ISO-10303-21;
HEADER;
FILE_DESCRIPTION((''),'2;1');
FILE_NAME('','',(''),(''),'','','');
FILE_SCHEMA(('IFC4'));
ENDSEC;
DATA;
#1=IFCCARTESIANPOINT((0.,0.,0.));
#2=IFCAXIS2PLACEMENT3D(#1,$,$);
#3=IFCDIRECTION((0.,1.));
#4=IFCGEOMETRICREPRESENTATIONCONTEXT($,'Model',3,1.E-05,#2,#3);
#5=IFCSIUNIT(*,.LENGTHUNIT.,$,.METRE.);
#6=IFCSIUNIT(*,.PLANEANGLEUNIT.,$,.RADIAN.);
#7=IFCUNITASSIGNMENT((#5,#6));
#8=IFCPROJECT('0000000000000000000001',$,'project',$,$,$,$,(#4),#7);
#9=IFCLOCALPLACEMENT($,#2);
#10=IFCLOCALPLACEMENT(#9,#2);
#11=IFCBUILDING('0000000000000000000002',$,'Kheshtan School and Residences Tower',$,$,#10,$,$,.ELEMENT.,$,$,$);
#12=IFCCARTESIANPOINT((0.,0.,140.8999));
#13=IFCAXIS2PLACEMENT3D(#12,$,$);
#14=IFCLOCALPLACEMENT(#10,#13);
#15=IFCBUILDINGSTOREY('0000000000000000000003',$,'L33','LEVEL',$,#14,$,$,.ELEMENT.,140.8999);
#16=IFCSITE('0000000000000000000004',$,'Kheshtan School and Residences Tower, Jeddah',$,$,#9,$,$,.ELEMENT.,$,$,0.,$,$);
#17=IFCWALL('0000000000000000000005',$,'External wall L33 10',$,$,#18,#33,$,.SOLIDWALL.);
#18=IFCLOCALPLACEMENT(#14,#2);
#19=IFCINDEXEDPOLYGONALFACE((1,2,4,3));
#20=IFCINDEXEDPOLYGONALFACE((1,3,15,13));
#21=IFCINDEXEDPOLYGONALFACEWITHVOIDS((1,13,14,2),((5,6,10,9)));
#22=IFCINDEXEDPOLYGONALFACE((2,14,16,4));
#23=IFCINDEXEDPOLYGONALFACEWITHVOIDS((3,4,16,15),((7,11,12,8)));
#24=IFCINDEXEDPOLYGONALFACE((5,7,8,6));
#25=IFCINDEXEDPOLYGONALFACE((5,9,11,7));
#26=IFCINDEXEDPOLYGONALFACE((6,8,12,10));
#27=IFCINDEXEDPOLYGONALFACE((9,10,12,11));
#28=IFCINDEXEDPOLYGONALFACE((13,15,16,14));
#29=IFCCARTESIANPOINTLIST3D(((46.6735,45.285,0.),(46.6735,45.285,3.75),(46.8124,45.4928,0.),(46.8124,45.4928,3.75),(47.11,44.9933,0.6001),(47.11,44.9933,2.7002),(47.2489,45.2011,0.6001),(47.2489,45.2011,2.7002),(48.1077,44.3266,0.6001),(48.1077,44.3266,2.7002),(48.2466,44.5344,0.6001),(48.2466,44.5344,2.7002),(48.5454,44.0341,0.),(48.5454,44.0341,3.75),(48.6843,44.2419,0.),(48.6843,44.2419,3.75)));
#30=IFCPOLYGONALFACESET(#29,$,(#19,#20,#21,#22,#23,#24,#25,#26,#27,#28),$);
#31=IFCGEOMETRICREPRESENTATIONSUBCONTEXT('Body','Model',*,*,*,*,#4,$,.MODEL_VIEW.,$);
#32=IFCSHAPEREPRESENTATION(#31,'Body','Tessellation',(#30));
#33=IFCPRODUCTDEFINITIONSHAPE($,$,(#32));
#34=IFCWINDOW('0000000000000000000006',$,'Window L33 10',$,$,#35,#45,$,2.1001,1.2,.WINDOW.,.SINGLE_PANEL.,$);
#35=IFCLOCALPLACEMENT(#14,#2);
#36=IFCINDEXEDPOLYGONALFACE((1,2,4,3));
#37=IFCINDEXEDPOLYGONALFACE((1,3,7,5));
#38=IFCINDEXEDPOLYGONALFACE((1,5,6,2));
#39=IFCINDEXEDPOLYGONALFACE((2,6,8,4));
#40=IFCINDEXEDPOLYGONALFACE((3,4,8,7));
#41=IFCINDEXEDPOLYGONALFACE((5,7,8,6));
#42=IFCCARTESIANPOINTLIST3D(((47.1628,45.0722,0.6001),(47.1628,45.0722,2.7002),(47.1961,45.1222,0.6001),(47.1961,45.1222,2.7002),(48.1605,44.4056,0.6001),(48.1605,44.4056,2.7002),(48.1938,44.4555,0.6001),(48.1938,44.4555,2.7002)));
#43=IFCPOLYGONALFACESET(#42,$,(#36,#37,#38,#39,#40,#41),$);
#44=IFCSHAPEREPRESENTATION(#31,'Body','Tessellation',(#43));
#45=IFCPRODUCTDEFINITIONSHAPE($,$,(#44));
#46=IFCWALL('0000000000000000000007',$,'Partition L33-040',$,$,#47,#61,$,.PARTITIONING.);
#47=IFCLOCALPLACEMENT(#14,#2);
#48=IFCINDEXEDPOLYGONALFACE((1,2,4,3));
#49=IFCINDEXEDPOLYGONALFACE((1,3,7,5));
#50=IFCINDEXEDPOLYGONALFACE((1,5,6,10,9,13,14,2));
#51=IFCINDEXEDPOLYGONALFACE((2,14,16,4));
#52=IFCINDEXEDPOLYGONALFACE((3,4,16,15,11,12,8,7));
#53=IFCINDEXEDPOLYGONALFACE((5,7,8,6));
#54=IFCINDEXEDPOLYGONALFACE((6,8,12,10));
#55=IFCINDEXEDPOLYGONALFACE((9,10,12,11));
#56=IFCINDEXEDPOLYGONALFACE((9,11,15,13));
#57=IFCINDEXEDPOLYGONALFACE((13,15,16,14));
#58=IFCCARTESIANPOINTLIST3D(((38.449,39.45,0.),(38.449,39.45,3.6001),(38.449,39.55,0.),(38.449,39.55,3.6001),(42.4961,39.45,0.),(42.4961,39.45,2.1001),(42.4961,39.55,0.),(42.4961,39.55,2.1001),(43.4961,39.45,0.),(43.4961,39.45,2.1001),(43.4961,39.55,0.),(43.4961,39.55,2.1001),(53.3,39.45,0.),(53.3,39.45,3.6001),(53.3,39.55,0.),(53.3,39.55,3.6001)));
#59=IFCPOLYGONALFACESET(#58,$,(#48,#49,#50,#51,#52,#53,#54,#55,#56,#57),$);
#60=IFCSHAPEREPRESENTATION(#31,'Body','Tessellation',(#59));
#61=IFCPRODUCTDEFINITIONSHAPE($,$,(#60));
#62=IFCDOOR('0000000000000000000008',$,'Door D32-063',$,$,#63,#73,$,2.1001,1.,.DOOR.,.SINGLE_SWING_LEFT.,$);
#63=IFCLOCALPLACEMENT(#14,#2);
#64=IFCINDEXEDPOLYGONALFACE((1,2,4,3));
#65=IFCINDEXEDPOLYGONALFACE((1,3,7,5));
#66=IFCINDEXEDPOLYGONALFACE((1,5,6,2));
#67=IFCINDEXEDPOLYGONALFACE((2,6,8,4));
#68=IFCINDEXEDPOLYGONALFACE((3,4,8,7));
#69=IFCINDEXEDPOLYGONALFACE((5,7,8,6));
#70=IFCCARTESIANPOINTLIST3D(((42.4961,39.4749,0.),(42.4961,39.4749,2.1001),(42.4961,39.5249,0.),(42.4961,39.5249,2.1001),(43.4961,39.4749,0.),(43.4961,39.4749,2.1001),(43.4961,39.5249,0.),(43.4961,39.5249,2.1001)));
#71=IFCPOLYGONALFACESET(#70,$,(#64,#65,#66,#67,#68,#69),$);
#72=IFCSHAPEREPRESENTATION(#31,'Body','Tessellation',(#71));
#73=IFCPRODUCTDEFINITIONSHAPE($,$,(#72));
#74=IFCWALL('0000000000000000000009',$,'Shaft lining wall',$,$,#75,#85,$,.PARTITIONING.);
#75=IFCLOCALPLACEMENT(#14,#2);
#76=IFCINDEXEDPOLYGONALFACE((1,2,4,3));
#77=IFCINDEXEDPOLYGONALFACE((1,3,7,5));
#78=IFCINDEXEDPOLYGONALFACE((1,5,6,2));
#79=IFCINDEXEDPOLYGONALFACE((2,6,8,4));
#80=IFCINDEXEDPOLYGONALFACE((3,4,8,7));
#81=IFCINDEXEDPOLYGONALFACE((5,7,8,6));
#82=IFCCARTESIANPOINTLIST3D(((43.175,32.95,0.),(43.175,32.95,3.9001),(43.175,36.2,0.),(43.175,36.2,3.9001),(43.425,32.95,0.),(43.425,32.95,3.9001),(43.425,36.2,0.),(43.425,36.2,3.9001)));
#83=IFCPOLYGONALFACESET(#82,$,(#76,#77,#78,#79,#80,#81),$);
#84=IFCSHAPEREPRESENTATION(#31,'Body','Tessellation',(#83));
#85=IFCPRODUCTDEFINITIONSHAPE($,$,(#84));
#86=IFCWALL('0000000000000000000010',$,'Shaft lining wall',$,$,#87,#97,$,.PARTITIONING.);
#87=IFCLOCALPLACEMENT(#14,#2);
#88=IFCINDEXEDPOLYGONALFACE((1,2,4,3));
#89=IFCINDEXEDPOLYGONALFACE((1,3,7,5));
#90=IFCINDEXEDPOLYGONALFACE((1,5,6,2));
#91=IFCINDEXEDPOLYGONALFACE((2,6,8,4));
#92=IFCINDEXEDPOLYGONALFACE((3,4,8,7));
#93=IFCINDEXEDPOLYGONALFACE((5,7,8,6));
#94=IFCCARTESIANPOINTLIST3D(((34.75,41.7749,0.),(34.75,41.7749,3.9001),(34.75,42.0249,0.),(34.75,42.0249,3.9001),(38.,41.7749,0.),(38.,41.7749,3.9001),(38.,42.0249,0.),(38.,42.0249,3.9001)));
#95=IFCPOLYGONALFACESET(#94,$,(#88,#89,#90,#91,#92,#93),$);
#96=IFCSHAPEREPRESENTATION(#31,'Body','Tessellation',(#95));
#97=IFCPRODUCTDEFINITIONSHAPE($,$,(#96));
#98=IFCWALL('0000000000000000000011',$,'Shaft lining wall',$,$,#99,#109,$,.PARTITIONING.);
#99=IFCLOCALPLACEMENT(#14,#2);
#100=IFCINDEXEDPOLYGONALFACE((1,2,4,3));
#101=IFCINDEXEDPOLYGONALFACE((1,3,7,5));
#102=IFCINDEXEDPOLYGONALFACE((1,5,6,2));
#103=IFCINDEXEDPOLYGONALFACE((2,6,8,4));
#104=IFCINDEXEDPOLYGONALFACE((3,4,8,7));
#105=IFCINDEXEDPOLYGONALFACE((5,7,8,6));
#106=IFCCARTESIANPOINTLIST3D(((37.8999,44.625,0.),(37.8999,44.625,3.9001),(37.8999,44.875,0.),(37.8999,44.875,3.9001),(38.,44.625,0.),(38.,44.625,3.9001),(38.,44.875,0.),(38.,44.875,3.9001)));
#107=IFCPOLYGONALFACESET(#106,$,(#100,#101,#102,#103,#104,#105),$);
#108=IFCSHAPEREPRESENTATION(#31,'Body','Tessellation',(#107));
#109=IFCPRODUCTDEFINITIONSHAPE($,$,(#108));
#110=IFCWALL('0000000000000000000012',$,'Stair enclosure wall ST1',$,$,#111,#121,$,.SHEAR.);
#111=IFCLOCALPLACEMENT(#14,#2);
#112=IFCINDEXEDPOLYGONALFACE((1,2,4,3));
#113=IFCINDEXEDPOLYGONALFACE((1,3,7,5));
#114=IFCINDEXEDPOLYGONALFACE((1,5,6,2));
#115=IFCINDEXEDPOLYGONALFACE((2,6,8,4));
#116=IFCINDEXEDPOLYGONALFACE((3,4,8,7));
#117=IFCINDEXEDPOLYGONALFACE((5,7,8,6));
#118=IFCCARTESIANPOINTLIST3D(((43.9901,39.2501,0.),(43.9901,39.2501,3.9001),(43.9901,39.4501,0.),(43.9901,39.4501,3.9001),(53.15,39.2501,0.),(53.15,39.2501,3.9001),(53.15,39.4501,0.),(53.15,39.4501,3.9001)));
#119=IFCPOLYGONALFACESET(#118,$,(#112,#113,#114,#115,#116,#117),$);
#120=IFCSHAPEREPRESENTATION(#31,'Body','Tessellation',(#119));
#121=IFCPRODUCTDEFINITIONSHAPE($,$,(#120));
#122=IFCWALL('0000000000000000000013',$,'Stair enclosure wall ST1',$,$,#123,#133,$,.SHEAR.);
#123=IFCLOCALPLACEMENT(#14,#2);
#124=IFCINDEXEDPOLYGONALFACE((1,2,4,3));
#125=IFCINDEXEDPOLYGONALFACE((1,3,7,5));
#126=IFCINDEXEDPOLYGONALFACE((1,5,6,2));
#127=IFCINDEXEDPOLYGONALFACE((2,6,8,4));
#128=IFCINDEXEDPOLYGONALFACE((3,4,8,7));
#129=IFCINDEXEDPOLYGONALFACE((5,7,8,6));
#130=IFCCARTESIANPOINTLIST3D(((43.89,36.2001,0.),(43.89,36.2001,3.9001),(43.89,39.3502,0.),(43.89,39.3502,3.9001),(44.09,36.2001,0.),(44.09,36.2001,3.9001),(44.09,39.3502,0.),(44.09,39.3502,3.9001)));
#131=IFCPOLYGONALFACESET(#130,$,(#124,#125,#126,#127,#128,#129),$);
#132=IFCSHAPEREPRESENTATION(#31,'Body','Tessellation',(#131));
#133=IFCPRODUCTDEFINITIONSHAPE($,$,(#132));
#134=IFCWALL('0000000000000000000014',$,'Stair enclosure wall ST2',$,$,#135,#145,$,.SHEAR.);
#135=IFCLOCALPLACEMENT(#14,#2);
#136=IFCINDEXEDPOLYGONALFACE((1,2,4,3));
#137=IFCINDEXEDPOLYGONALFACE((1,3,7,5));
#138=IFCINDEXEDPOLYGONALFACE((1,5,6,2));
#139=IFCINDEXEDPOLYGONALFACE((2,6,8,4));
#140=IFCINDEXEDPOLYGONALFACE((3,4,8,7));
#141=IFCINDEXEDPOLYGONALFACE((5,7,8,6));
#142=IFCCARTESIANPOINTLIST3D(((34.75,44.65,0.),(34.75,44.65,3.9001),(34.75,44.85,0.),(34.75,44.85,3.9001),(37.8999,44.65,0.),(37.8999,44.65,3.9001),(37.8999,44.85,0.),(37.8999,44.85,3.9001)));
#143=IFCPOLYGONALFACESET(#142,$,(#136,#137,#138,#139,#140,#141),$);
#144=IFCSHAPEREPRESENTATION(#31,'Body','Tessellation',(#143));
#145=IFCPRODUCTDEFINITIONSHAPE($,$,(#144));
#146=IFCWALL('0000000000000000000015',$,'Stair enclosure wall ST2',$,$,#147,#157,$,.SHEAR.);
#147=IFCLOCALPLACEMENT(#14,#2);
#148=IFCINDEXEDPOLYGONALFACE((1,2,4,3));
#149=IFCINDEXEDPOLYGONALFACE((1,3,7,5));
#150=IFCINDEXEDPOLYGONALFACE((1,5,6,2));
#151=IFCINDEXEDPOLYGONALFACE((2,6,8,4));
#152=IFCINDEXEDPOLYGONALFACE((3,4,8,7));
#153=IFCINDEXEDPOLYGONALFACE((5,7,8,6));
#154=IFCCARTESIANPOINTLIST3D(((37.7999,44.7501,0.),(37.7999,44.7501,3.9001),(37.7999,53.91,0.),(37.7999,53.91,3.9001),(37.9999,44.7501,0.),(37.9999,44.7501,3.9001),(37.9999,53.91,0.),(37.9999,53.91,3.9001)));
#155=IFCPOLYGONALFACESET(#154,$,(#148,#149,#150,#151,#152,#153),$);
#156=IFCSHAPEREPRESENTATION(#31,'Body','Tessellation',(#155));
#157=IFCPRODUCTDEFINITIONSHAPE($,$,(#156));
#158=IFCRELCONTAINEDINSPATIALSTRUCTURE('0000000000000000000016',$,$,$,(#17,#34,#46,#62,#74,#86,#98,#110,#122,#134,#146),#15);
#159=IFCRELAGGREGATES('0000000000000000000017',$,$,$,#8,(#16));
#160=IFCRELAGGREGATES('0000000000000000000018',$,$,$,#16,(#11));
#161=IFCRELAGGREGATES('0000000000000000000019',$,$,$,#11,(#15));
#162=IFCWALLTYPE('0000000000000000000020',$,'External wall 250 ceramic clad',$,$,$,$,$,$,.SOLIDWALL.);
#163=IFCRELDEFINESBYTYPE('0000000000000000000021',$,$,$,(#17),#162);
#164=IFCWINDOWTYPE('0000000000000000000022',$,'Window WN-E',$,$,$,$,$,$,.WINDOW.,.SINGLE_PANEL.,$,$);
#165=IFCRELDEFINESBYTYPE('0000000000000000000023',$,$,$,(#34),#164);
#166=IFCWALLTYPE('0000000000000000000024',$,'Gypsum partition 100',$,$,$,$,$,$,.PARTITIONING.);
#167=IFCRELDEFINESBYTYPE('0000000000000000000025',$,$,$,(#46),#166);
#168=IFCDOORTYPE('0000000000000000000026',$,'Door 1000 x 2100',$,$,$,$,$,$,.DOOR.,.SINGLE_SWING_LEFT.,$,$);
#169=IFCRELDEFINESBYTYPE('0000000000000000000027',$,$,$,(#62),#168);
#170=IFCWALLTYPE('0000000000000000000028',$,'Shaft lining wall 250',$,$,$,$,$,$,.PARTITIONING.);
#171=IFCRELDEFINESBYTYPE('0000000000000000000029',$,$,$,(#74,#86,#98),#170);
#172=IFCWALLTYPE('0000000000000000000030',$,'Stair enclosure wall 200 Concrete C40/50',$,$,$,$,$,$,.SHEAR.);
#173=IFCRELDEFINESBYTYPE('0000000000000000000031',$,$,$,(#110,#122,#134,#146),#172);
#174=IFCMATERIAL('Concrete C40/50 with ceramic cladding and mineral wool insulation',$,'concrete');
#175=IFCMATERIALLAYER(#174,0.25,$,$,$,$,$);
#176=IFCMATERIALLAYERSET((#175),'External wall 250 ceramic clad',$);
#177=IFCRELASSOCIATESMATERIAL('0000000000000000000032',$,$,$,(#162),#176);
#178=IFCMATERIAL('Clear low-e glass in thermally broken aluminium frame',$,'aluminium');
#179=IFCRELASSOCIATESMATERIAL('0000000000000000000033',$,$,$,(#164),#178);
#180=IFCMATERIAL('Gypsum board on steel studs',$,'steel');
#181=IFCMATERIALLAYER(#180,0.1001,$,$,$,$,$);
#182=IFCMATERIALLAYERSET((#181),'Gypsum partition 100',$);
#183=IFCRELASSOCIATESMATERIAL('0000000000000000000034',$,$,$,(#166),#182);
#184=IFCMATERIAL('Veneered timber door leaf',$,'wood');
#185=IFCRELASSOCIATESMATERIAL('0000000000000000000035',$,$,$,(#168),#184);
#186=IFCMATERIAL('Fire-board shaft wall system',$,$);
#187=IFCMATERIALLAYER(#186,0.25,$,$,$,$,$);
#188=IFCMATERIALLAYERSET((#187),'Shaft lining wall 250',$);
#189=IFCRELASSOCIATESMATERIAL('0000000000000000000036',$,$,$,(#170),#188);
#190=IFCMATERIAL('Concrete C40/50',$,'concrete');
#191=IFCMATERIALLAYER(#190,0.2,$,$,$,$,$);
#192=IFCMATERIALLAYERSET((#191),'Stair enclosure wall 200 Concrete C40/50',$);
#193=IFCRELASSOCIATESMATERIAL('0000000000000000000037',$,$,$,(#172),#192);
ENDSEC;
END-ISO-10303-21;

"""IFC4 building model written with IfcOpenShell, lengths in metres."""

from ifc_helpers import new_model, si_unit, direction, frame, frame_2d, origin, place, context, subcontext, project, spatial, rectangle, extrude, source, transform, mapped, material, layer, layer_set, type_object, element, fill, save


model = new_model("IFC4")

# Units and contexts
model_context = context("Model", 3, precision=1e-05, world=origin(), true_north=direction((0.0, 1.0)))
body_context = subcontext(model_context, "Body", "Model", "MODEL_VIEW")
ifc_project = project(units=[si_unit("LENGTHUNIT", "METRE"), si_unit("PLANEANGLEUNIT", "RADIAN")], contexts=[model_context])

# Site, building, storey
site_placement = place(None, origin())
site = spatial("IfcSite", under=ifc_project, at=site_placement, Name="Kheshtan School and Residences Tower, Jeddah", CompositionType="ELEMENT", RefElevation=0.0)
building_placement = place(site_placement, origin())
building = spatial("IfcBuilding", under=site, at=building_placement, Name="Kheshtan School and Residences Tower", CompositionType="ELEMENT")
storey_placement = place(building_placement, frame((0.0, 0.0, 140.8999)))
storey = spatial("IfcBuildingStorey", under=building, at=storey_placement, Name="L33", Description="LEVEL", CompositionType="ELEMENT", Elevation=140.8999)

# Wall, opening, window
ifc_material_1 = material(Name="Concrete C40/50 with ceramic cladding and mineral wool insulation", Category="concrete")
ifc_layer_1 = layer(ifc_material_1, 0.25)
ifc_layer_set_1 = layer_set([ifc_layer_1], Name="External wall 250 ceramic clad")
wall_type_1 = type_object("IfcWallType", Name="External wall 250 ceramic clad", PredefinedType="SOLIDWALL", material=ifc_layer_set_1)
wall_1_placement = place(storey_placement, frame((46.7429, 45.3889, 0.0), z_axis=(0.0, 0.0, 1.0), x_axis=(0.831449, -0.555601, 0.0)))
wall_1 = element("IfcWall", 1, at=wall_1_placement, inside=storey, type_object=wall_type_1, Name="External wall L33 10", PredefinedType="SOLIDWALL", context=body_context, shape_type="SweptSolid", body=[
    extrude(rectangle(XDim=2.2515, YDim=0.25, at=frame_2d((1.1257, 0.0))), origin(), (0.0, 0.0, 1.0), 3.75),
])
opening_1_placement = place(wall_1_placement, frame((0.5249, 0.0, 0.6001)))
opening_1 = element("IfcOpeningElement", 2, at=opening_1_placement, cuts=wall_1, PredefinedType="OPENING", context=body_context, shape_type="SweptSolid", body=[
    extrude(rectangle(XDim=1.2, YDim=2.1001, at=frame_2d((0.6001, 1.05))), frame((0.0, 0.135, 0.0), z_axis=(0.0, -1.0, 0.0), x_axis=(1.0, 0.0, 0.0)), (0.0, 0.0, 1.0), 0.27),
])
ifc_material_2 = material(Name="Clear low-e glass in thermally broken aluminium frame", Category="aluminium")
window_type = type_object("IfcWindowType", Name="Window WN-E", PartitioningType="SINGLE_PANEL", PredefinedType="WINDOW", material=ifc_material_2)
shared_shape_1 = source(origin(), body_context, "Body", "SweptSolid", [
    extrude(rectangle(XDim=1.2, YDim=2.1001, at=frame_2d((0.6001, 1.05))), frame((0.0, 0.03, 0.0), z_axis=(0.0, -1.0, 0.0), x_axis=(1.0, 0.0, 0.0)), (0.0, 0.0, 1.0), 0.0601),
])
window_placement = place(opening_1_placement, origin())
window = element("IfcWindow", 3, at=window_placement, inside=storey, type_object=window_type, Name="Window L33 10", OverallHeight=2.1001, OverallWidth=1.2, PartitioningType="SINGLE_PANEL", PredefinedType="WINDOW", context=body_context, shape_type="MappedRepresentation", body=[
    mapped(shared_shape_1, transform((0.0, 0.0, 0.0), x_axis=(1.0, 0.0, 0.0), y_axis=(0.0, 1.0, 0.0), z_axis=(0.0, 0.0, 1.0), scale=1.0)),
])
fill(opening_1, window)

# Wall, opening, door
ifc_material_3 = material(Name="Gypsum board on steel studs", Category="steel")
ifc_layer_2 = layer(ifc_material_3, 0.1001)
ifc_layer_set_2 = layer_set([ifc_layer_2], Name="Gypsum partition 100")
wall_type_2 = type_object("IfcWallType", Name="Gypsum partition 100", PredefinedType="PARTITIONING", material=ifc_layer_set_2)
wall_2_placement = place(storey_placement, frame((38.449, 39.5, 0.0), z_axis=(0.0, 0.0, 1.0), x_axis=(1.0, 0.0, 0.0)))
wall_2 = element("IfcWall", 4, at=wall_2_placement, inside=storey, type_object=wall_type_2, Name="Partition L33-040", PredefinedType="PARTITIONING", context=body_context, shape_type="SweptSolid", body=[
    extrude(rectangle(XDim=14.8511, YDim=0.1001, at=frame_2d((7.4255, 0.0))), origin(), (0.0, 0.0, 1.0), 3.6001),
])
opening_2_placement = place(wall_2_placement, frame((4.0471, 0.0, 0.0)))
opening_2 = element("IfcOpeningElement", 5, at=opening_2_placement, cuts=wall_2, PredefinedType="OPENING", context=body_context, shape_type="SweptSolid", body=[
    extrude(rectangle(XDim=1.0, YDim=2.1001, at=frame_2d((0.5, 1.05))), frame((0.0, 0.0601, 0.0), z_axis=(0.0, -1.0, 0.0), x_axis=(1.0, 0.0, 0.0)), (0.0, 0.0, 1.0), 0.1201),
])
ifc_material_4 = material(Name="Veneered timber door leaf", Category="wood")
door_type_1 = type_object("IfcDoorType", Name="Door 1000 x 2100", OperationType="SINGLE_SWING_LEFT", PredefinedType="DOOR", material=ifc_material_4)
shared_shape_2 = source(origin(), body_context, "Body", "SweptSolid", [
    extrude(rectangle(XDim=1.0, YDim=2.1001, at=frame_2d((0.5, 1.05))), frame((0.0, 0.0249, 0.0), z_axis=(0.0, -1.0, 0.0), x_axis=(1.0, 0.0, 0.0)), (0.0, 0.0, 1.0), 0.05),
])
door_1_placement = place(opening_2_placement, origin())
door_1 = element("IfcDoor", 6, at=door_1_placement, inside=storey, type_object=door_type_1, Name="Door D32-063", OperationType="SINGLE_SWING_LEFT", OverallHeight=2.1001, OverallWidth=1.0, PredefinedType="DOOR", context=body_context, shape_type="MappedRepresentation", body=[
    mapped(shared_shape_2, transform((0.0, 0.0, 0.0), x_axis=(1.0, 0.0, 0.0), y_axis=(0.0, 1.0, 0.0), z_axis=(0.0, 0.0, 1.0), scale=1.0)),
])
fill(opening_2, door_1)

# Walls
ifc_material_5 = material(Name="Fire-board shaft wall system")
ifc_layer_3 = layer(ifc_material_5, 0.25)
ifc_layer_set_3 = layer_set([ifc_layer_3], Name="Shaft lining wall 250")
wall_type_3 = type_object("IfcWallType", Name="Shaft lining wall 250", PredefinedType="PARTITIONING", material=ifc_layer_set_3)
for number, where, z_axis, x_axis, name in (
    (7, (43.3, 32.95, 0.0), (0.0, 0.0, 1.0), (0.0, 1.0, 0.0), "Shaft lining wall"),
    (8, (34.75, 41.8999, 0.0), (0.0, 0.0, 1.0), (1.0, 0.0, 0.0), "Shaft lining wall"),
):
    element("IfcWall", number, at=place(storey_placement, frame(where, z_axis=z_axis, x_axis=x_axis)), inside=storey, type_object=wall_type_3, Name=name, PredefinedType="PARTITIONING", context=body_context, shape_type="SweptSolid", body=[
        extrude(rectangle(XDim=3.25, YDim=0.25, at=frame_2d((1.625, 0.0))), origin(), (0.0, 0.0, 1.0), 3.9001),
    ])
wall_3_placement = place(storey_placement, frame((37.8999, 44.75, 0.0), z_axis=(0.0, 0.0, 1.0), x_axis=(1.0, 0.0, 0.0)))
element("IfcWall", 9, at=wall_3_placement, inside=storey, type_object=wall_type_3, Name="Shaft lining wall", PredefinedType="PARTITIONING", context=body_context, shape_type="SweptSolid", body=[
    extrude(rectangle(XDim=0.1001, YDim=0.25, at=frame_2d((0.05, 0.0))), origin(), (0.0, 0.0, 1.0), 3.9001),
])
ifc_material_6 = material(Name="Concrete C40/50", Category="concrete")
ifc_layer_4 = layer(ifc_material_6, 0.2)
ifc_layer_set_4 = layer_set([ifc_layer_4], Name="Stair enclosure wall 200 Concrete C40/50")
wall_type_4 = type_object("IfcWallType", Name="Stair enclosure wall 200 Concrete C40/50", PredefinedType="SHEAR", material=ifc_layer_set_4)
wall_4_placement = place(storey_placement, frame((43.99, 39.3501, 0.0), z_axis=(0.0, 0.0, 1.0), x_axis=(1.0, 0.0, 0.0)))
element("IfcWall", 10, at=wall_4_placement, inside=storey, type_object=wall_type_4, Name="Stair enclosure wall ST1", PredefinedType="SHEAR", context=body_context, shape_type="SweptSolid", body=[
    extrude(rectangle(XDim=9.1599, YDim=0.2, at=frame_2d((4.5801, 0.0))), origin(), (0.0, 0.0, 1.0), 3.9001),
])
wall_5_placement = place(storey_placement, frame((43.99, 36.2, 0.0), z_axis=(0.0, 0.0, 1.0), x_axis=(0.0, 1.0, 0.0)))
element("IfcWall", 11, at=wall_5_placement, inside=storey, type_object=wall_type_4, Name="Stair enclosure wall ST1", PredefinedType="SHEAR", context=body_context, shape_type="SweptSolid", body=[
    extrude(rectangle(XDim=3.1501, YDim=0.2, at=frame_2d((1.5752, 0.0))), origin(), (0.0, 0.0, 1.0), 3.9001),
])
wall_6_placement = place(storey_placement, frame((34.75, 44.75, 0.0), z_axis=(0.0, 0.0, 1.0), x_axis=(1.0, 0.0, 0.0)))
element("IfcWall", 12, at=wall_6_placement, inside=storey, type_object=wall_type_4, Name="Stair enclosure wall ST2", PredefinedType="SHEAR", context=body_context, shape_type="SweptSolid", body=[
    extrude(rectangle(XDim=3.1499, YDim=0.2, at=frame_2d((1.575, 0.0))), origin(), (0.0, 0.0, 1.0), 3.9001),
])
wall_7_placement = place(storey_placement, frame((37.8999, 44.75, 0.0), z_axis=(0.0, 0.0, 1.0), x_axis=(0.0, 1.0, 0.0)))
element("IfcWall", 13, at=wall_7_placement, inside=storey, type_object=wall_type_4, Name="Stair enclosure wall ST2", PredefinedType="SHEAR", context=body_context, shape_type="SweptSolid", body=[
    extrude(rectangle(XDim=9.1599, YDim=0.2, at=frame_2d((4.5801, 0.0))), origin(), (0.0, 0.0, 1.0), 3.9001),
])

save(model, "model.ifc")
